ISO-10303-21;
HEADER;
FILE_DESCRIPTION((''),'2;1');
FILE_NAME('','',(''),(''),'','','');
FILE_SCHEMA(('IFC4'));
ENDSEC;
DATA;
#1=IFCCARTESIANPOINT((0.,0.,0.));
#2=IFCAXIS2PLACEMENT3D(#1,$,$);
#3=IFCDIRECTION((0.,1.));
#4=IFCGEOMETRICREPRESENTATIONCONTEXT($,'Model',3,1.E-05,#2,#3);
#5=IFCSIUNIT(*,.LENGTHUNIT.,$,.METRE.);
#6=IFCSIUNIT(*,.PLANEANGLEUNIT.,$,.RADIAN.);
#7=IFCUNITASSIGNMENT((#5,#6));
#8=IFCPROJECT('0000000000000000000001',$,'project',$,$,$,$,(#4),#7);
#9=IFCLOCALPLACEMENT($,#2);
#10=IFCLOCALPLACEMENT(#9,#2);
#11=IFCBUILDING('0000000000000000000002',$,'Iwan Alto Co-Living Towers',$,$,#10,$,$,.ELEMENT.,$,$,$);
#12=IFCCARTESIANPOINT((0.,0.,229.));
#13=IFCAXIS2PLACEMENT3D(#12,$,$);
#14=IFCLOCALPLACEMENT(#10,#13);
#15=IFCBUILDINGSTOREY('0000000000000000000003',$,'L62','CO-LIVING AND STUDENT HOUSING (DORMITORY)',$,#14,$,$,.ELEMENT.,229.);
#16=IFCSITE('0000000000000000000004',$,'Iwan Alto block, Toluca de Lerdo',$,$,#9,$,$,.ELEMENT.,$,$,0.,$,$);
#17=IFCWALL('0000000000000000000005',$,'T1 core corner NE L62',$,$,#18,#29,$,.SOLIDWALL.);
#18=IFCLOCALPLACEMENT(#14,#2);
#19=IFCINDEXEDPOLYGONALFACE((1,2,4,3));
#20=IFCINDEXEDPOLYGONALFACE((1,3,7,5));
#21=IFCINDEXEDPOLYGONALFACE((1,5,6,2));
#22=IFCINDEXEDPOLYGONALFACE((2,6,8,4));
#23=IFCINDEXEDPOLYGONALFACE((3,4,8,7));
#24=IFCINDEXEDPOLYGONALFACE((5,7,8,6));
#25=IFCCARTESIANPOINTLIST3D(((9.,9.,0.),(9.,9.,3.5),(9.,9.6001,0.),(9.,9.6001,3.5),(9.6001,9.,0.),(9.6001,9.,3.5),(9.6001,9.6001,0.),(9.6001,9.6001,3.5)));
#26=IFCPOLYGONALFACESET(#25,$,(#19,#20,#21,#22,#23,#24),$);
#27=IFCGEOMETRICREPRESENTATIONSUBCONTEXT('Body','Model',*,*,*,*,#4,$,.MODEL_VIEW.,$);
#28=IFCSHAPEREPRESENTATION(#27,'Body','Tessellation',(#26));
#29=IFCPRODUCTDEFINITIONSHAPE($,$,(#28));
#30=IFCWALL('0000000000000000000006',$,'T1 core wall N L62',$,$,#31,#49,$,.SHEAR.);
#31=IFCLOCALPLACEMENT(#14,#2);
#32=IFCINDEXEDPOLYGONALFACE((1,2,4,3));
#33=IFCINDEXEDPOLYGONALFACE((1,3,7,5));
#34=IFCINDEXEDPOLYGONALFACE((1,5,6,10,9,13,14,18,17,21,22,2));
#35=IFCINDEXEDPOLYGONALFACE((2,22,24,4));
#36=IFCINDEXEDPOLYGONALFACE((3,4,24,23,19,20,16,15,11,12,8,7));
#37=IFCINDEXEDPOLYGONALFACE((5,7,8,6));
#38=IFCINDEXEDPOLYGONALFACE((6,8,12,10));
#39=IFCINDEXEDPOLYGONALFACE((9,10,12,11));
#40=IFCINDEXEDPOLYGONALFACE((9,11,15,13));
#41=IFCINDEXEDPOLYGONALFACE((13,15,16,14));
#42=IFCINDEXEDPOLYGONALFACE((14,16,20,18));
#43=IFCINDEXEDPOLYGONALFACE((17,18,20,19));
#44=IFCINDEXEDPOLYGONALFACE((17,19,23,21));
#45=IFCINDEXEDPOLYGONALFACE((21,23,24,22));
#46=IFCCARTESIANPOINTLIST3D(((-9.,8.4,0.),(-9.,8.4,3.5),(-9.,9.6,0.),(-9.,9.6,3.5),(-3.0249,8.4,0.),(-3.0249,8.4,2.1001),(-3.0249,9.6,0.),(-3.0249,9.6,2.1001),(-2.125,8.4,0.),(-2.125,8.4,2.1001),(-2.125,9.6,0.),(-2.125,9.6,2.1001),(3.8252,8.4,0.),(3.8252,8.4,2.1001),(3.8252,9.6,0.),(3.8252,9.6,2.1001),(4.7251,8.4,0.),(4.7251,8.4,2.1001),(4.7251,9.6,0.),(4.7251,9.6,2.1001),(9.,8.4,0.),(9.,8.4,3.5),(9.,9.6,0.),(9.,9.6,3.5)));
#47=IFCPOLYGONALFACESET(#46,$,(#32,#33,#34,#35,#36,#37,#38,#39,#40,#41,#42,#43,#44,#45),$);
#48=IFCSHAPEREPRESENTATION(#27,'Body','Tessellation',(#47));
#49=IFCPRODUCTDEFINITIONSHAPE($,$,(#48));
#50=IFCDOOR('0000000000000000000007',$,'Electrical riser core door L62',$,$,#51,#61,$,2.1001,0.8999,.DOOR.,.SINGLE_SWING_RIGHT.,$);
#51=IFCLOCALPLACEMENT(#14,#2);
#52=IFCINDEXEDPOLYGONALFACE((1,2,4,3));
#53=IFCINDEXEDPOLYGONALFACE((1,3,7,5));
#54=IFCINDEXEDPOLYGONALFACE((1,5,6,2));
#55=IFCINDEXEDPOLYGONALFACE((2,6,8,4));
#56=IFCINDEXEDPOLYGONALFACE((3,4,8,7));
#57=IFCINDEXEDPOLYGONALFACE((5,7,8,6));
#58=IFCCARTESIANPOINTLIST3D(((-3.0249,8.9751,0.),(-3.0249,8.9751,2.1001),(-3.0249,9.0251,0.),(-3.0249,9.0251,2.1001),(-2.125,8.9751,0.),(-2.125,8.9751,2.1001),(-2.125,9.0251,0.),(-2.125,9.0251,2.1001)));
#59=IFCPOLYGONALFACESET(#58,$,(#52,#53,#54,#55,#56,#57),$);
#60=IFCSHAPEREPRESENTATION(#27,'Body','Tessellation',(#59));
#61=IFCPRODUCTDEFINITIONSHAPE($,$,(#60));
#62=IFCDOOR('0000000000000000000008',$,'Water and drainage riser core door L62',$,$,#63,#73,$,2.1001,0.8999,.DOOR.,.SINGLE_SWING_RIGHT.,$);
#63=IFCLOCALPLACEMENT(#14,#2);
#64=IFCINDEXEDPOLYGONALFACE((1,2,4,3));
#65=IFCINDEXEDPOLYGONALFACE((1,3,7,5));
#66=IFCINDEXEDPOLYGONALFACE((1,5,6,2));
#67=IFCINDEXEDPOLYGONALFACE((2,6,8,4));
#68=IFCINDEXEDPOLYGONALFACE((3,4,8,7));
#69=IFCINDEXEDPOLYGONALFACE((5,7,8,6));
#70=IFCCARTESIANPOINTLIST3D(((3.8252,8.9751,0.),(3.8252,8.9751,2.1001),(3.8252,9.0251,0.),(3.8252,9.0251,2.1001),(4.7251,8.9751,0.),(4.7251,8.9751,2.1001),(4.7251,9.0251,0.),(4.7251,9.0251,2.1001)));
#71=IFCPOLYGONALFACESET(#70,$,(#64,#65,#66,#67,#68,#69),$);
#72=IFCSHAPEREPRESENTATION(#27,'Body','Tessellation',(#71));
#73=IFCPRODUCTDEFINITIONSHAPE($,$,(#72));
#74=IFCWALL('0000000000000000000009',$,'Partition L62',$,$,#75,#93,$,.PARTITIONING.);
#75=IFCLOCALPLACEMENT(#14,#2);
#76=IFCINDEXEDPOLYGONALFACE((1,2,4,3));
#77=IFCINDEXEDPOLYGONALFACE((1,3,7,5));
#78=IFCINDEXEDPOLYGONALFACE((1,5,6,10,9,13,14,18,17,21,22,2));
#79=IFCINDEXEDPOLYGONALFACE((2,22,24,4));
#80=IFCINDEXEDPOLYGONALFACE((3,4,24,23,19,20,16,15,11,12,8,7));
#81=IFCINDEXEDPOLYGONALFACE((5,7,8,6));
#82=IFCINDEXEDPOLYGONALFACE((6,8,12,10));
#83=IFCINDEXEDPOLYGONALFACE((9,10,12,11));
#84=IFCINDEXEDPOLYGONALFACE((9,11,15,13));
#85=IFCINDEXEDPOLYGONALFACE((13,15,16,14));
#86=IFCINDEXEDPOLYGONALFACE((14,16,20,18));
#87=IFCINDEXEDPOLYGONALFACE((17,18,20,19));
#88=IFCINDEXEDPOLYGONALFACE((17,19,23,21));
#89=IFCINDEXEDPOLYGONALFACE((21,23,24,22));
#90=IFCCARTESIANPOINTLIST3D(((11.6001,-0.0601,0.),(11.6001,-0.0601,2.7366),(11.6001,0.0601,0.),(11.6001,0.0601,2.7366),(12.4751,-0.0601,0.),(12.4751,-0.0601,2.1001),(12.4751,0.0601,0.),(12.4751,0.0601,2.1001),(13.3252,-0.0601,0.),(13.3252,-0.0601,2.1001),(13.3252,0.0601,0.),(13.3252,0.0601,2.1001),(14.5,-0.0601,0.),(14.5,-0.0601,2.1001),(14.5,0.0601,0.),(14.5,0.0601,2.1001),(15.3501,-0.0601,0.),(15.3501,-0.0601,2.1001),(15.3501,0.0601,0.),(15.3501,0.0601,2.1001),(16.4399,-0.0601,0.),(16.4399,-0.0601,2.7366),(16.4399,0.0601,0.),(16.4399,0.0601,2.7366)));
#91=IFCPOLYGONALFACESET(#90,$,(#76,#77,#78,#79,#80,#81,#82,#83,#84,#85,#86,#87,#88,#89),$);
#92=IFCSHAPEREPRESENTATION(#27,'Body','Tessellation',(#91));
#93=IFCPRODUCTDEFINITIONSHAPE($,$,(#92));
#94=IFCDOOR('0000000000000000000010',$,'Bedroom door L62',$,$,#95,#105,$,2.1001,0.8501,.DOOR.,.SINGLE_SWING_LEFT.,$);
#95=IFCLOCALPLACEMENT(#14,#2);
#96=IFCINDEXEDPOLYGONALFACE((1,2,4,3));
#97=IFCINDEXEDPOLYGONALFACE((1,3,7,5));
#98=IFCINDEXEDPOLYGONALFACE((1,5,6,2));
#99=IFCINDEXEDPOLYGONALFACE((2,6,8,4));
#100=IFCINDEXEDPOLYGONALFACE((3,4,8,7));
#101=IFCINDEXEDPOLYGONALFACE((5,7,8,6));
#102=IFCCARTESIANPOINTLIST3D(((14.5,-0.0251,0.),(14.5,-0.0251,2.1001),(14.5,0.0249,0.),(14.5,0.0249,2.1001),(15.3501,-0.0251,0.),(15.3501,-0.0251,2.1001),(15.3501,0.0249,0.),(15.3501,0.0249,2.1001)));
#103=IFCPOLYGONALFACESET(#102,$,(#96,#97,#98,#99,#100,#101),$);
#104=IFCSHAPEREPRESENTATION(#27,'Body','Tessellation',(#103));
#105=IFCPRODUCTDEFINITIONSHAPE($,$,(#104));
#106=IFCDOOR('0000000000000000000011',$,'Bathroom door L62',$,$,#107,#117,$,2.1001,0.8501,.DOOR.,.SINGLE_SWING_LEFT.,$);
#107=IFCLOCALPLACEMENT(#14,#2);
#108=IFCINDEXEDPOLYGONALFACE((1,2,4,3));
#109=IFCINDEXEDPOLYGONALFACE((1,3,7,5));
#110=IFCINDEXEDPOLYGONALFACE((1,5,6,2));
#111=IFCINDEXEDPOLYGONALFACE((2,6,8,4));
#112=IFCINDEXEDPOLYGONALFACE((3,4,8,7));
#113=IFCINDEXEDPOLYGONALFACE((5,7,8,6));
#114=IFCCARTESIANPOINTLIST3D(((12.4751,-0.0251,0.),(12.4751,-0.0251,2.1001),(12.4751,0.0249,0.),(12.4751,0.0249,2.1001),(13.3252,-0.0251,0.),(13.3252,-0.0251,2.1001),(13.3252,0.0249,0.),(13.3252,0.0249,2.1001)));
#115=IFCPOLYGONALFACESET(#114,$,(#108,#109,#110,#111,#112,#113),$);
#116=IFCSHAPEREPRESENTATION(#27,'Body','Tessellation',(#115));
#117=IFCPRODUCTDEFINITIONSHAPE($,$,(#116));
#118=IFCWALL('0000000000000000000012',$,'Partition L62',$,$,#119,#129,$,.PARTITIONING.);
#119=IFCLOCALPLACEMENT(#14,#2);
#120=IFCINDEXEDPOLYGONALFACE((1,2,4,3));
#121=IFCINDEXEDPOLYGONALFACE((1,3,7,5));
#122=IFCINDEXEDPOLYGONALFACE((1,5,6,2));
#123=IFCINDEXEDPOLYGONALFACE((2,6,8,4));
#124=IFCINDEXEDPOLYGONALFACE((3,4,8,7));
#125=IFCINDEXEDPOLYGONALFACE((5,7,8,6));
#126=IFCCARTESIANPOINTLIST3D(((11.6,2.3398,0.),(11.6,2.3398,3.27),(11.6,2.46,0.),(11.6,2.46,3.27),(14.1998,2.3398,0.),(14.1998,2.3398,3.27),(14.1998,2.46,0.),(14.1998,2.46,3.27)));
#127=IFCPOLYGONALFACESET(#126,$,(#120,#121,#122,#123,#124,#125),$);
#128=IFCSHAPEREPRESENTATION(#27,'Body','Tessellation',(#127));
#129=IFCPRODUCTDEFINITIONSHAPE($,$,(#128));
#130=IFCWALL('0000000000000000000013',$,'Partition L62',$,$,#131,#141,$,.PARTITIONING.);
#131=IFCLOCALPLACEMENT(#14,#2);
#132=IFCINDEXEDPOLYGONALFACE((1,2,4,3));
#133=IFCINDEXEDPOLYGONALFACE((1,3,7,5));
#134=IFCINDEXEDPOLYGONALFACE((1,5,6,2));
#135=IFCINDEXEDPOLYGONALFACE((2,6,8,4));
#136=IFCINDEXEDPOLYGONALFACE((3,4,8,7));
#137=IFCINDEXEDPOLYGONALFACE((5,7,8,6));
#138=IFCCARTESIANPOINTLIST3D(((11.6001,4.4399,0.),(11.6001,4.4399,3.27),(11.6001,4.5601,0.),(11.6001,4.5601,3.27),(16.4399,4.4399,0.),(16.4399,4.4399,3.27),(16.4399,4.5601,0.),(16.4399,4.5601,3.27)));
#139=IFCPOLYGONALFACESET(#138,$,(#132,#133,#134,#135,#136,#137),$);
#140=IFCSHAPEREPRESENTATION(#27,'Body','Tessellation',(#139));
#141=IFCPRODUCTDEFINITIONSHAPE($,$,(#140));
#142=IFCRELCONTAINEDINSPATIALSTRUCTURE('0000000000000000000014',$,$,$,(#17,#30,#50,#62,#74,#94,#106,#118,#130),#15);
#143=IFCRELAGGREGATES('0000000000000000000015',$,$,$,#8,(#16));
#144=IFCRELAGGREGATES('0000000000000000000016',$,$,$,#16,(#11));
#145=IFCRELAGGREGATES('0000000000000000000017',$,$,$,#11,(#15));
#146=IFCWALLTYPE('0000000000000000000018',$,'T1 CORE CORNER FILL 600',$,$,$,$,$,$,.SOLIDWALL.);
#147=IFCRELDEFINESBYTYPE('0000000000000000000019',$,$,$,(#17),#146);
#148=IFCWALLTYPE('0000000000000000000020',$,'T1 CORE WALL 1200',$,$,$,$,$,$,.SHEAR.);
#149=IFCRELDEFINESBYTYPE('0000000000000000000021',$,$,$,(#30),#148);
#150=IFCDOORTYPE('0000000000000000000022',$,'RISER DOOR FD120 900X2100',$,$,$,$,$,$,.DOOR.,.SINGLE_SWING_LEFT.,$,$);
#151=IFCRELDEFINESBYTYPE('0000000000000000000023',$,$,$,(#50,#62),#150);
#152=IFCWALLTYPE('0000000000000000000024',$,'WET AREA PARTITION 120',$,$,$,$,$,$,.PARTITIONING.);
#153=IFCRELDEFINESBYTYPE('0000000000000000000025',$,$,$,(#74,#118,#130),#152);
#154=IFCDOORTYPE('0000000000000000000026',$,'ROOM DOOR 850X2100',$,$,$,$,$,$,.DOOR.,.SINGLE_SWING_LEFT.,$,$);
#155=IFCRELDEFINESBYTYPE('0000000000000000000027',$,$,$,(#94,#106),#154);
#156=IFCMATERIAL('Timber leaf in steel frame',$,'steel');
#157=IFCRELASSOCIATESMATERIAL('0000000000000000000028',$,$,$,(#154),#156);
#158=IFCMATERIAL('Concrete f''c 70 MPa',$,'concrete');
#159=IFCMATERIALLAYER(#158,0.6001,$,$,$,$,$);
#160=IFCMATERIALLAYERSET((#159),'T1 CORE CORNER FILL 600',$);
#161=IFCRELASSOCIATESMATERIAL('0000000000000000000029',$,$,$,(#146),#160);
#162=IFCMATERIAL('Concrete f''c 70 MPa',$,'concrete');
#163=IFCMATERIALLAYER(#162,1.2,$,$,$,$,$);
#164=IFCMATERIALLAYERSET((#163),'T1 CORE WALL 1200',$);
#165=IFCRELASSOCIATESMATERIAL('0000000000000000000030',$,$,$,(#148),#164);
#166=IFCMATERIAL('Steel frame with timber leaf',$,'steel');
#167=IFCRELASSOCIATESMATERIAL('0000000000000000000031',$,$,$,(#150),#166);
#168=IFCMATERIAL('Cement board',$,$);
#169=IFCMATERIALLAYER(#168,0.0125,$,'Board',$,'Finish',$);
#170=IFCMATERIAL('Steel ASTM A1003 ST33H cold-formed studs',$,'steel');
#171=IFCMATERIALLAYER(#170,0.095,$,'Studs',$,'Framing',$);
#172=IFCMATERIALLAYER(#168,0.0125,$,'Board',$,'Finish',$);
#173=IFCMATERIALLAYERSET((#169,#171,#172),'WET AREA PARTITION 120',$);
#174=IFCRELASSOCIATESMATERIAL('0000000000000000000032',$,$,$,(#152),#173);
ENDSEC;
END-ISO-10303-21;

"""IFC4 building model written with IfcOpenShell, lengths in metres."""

from ifc_helpers import new_model, si_unit, direction, frame, frame_2d, origin, place, context, subcontext, project, spatial, rectangle, extrude, material, layer, layer_set, type_object, element, fill, save


model = new_model("IFC4")

# Units and contexts
model_context = context("Model", 3, precision=1e-05, world=origin(), true_north=direction((0.0, 1.0)))
body_context = subcontext(model_context, "Body", "Model", "MODEL_VIEW")
ifc_project = project(units=[si_unit("LENGTHUNIT", "METRE"), si_unit("PLANEANGLEUNIT", "RADIAN")], contexts=[model_context])

# Site, building, storey
site_placement = place(None, origin())
site = spatial("IfcSite", under=ifc_project, at=site_placement, Name="Iwan Alto block, Toluca de Lerdo", CompositionType="ELEMENT", RefElevation=0.0)
building_placement = place(site_placement, origin())
building = spatial("IfcBuilding", under=site, at=building_placement, Name="Iwan Alto Co-Living Towers", CompositionType="ELEMENT")
storey_placement = place(building_placement, frame((0.0, 0.0, 229.0)))
storey = spatial("IfcBuildingStorey", under=building, at=storey_placement, Name="L62", Description="CO-LIVING AND STUDENT HOUSING (DORMITORY)", CompositionType="ELEMENT", Elevation=229.0)

# Shared definitions
ifc_material_1 = material(Name="Steel ASTM A1003 ST33H cold-formed studs", Category="steel")

# Shared definitions
ifc_material_2 = material(Name="Timber leaf in steel frame", Category="steel")
door_type_1 = type_object("IfcDoorType", Name="ROOM DOOR 850X2100", OperationType="SINGLE_SWING_LEFT", PredefinedType="DOOR", material=ifc_material_2)

# Wall
ifc_material_3 = material(Name="Concrete f'c 70 MPa", Category="concrete")
ifc_layer_1 = layer(ifc_material_3, 0.6001)
ifc_layer_set_1 = layer_set([ifc_layer_1], Name="T1 CORE CORNER FILL 600")
wall_type_1 = type_object("IfcWallType", Name="T1 CORE CORNER FILL 600", PredefinedType="SOLIDWALL", material=ifc_layer_set_1)
wall_1_placement = place(storey_placement, frame((9.0, 9.3, 0.0), z_axis=(0.0, 0.0, 1.0), x_axis=(1.0, 0.0, 0.0)))
element("IfcWall", 1, at=wall_1_placement, inside=storey, type_object=wall_type_1, Name="T1 core corner NE L62", PredefinedType="SOLIDWALL", context=body_context, shape_type="SweptSolid", body=[
    extrude(rectangle(XDim=0.6001, YDim=0.6001, at=frame_2d((0.3, 0.0))), origin(), (0.0, 0.0, 1.0), 3.5),
])

# Walls, openings, doors
ifc_material_4 = material(Name="Concrete f'c 70 MPa", Category="concrete")
ifc_layer_2 = layer(ifc_material_4, 1.2)
ifc_layer_set_2 = layer_set([ifc_layer_2], Name="T1 CORE WALL 1200")
wall_type_2 = type_object("IfcWallType", Name="T1 CORE WALL 1200", PredefinedType="SHEAR", material=ifc_layer_set_2)
wall_2_placement = place(storey_placement, frame((9.0, 9.0, 0.0), z_axis=(0.0, 0.0, 1.0), x_axis=(-1.0, 0.0, 0.0)))
wall_2 = element("IfcWall", 2, at=wall_2_placement, inside=storey, type_object=wall_type_2, Name="T1 core wall N L62", PredefinedType="SHEAR", context=body_context, shape_type="SweptSolid", body=[
    extrude(rectangle(XDim=18.0, YDim=1.2, at=frame_2d((9.0, 0.0))), origin(), (0.0, 0.0, 1.0), 3.5),
])
opening_1_placement = place(wall_2_placement, frame((11.125, 0.0, 0.0)))
opening_1 = element("IfcOpeningElement", 3, at=opening_1_placement, cuts=wall_2, PredefinedType="OPENING", context=body_context, shape_type="SweptSolid", body=[
    extrude(rectangle(XDim=0.8999, YDim=2.1001, at=frame_2d((0.45, 1.05))), frame((0.0, 0.6099, 0.0), z_axis=(0.0, -1.0, 0.0), x_axis=(1.0, 0.0, 0.0)), (0.0, 0.0, 1.0), 1.22),
])
opening_2_placement = place(wall_2_placement, frame((4.2749, 0.0, 0.0)))
opening_2 = element("IfcOpeningElement", 4, at=opening_2_placement, cuts=wall_2, PredefinedType="OPENING", context=body_context, shape_type="SweptSolid", body=[
    extrude(rectangle(XDim=0.8999, YDim=2.1001, at=frame_2d((0.45, 1.05))), frame((0.0, 0.6099, 0.0), z_axis=(0.0, -1.0, 0.0), x_axis=(1.0, 0.0, 0.0)), (0.0, 0.0, 1.0), 1.22),
])
ifc_material_5 = material(Name="Steel frame with timber leaf", Category="steel")
door_type_2 = type_object("IfcDoorType", Name="RISER DOOR FD120 900X2100", OperationType="SINGLE_SWING_LEFT", PredefinedType="DOOR", material=ifc_material_5)
door_1_placement = place(opening_1_placement, origin())
door_1 = element("IfcDoor", 5, at=door_1_placement, inside=storey, type_object=door_type_2, Name="Electrical riser core door L62", OperationType="SINGLE_SWING_RIGHT", OverallHeight=2.1001, OverallWidth=0.8999, PredefinedType="DOOR", context=body_context, shape_type="SweptSolid", body=[
    extrude(rectangle(XDim=0.8999, YDim=2.1001, at=frame_2d((0.45, 1.05))), frame((0.0, 0.0249, 0.0), z_axis=(0.0, -1.0, 0.0), x_axis=(1.0, 0.0, 0.0)), (0.0, 0.0, 1.0), 0.05),
])
fill(opening_1, door_1)
door_2_placement = place(opening_2_placement, origin())
door_2 = element("IfcDoor", 6, at=door_2_placement, inside=storey, type_object=door_type_2, Name="Water and drainage riser core door L62", OperationType="SINGLE_SWING_RIGHT", OverallHeight=2.1001, OverallWidth=0.8999, PredefinedType="DOOR", context=body_context, shape_type="SweptSolid", body=[
    extrude(rectangle(XDim=0.8999, YDim=2.1001, at=frame_2d((0.45, 1.05))), frame((0.0, 0.0249, 0.0), z_axis=(0.0, -1.0, 0.0), x_axis=(1.0, 0.0, 0.0)), (0.0, 0.0, 1.0), 0.05),
])
fill(opening_2, door_2)
ifc_material_6 = material(Name="Cement board")
ifc_layer_3 = layer(ifc_material_6, 0.0125, Name="Board", Category="Finish")
ifc_layer_4 = layer(ifc_material_1, 0.095, Name="Studs", Category="Framing")
ifc_layer_5 = layer(ifc_material_6, 0.0125, Name="Board", Category="Finish")
ifc_layer_set_3 = layer_set([ifc_layer_3, ifc_layer_4, ifc_layer_5], Name="WET AREA PARTITION 120")
wall_type_3 = type_object("IfcWallType", Name="WET AREA PARTITION 120", PredefinedType="PARTITIONING", material=ifc_layer_set_3)
wall_3_placement = place(storey_placement, frame((11.6001, 0.0, 0.0), z_axis=(0.0, 0.0, 1.0), x_axis=(1.0, 0.0, 0.0)))
wall_3 = element("IfcWall", 7, at=wall_3_placement, inside=storey, type_object=wall_type_3, Name="Partition L62", PredefinedType="PARTITIONING", context=body_context, shape_type="SweptSolid", body=[
    extrude(rectangle(XDim=4.8398, YDim=0.1201, at=frame_2d((2.4199, 0.0))), origin(), (0.0, 0.0, 1.0), 2.7366),
])
opening_3_placement = place(wall_3_placement, frame((2.8999, 0.0, 0.0)))
opening_3 = element("IfcOpeningElement", 8, at=opening_3_placement, cuts=wall_3, PredefinedType="OPENING", context=body_context, shape_type="SweptSolid", body=[
    extrude(rectangle(XDim=0.8501, YDim=2.1001, at=frame_2d((0.425, 1.05))), frame((0.0, 0.0701, 0.0), z_axis=(0.0, -1.0, 0.0), x_axis=(1.0, 0.0, 0.0)), (0.0, 0.0, 1.0), 0.1401),
])
opening_4_placement = place(wall_3_placement, frame((0.875, 0.0, 0.0)))
opening_4 = element("IfcOpeningElement", 9, at=opening_4_placement, cuts=wall_3, PredefinedType="OPENING", context=body_context, shape_type="SweptSolid", body=[
    extrude(rectangle(XDim=0.8501, YDim=2.1001, at=frame_2d((0.425, 1.05))), frame((0.0, 0.0701, 0.0), z_axis=(0.0, -1.0, 0.0), x_axis=(1.0, 0.0, 0.0)), (0.0, 0.0, 1.0), 0.1401),
])
door_3_placement = place(opening_3_placement, origin())
door_3 = element("IfcDoor", 10, at=door_3_placement, inside=storey, type_object=door_type_1, Name="Bedroom door L62", OperationType="SINGLE_SWING_LEFT", OverallHeight=2.1001, OverallWidth=0.8501, PredefinedType="DOOR", context=body_context, shape_type="SweptSolid", body=[
    extrude(rectangle(XDim=0.8501, YDim=2.1001, at=frame_2d((0.425, 1.05))), frame((0.0, 0.0249, 0.0), z_axis=(0.0, -1.0, 0.0), x_axis=(1.0, 0.0, 0.0)), (0.0, 0.0, 1.0), 0.05),
])
fill(opening_3, door_3)
door_4_placement = place(opening_4_placement, origin())
door_4 = element("IfcDoor", 11, at=door_4_placement, inside=storey, type_object=door_type_1, Name="Bathroom door L62", OperationType="SINGLE_SWING_LEFT", OverallHeight=2.1001, OverallWidth=0.8501, PredefinedType="DOOR", context=body_context, shape_type="SweptSolid", body=[
    extrude(rectangle(XDim=0.8501, YDim=2.1001, at=frame_2d((0.425, 1.05))), frame((0.0, 0.0249, 0.0), z_axis=(0.0, -1.0, 0.0), x_axis=(1.0, 0.0, 0.0)), (0.0, 0.0, 1.0), 0.05),
])
fill(opening_4, door_4)

# Walls
wall_4_placement = place(storey_placement, frame((11.6001, 2.3999, 0.0), z_axis=(0.0, 0.0, 1.0), x_axis=(1.0, 0.0, 0.0)))
element("IfcWall", 12, at=wall_4_placement, inside=storey, type_object=wall_type_3, Name="Partition L62", PredefinedType="PARTITIONING", context=body_context, shape_type="SweptSolid", body=[
    extrude(rectangle(XDim=2.5999, YDim=0.1201, at=frame_2d((1.2998, 0.0))), origin(), (0.0, 0.0, 1.0), 3.27),
])
wall_5_placement = place(storey_placement, frame((11.6001, 4.5, 0.0), z_axis=(0.0, 0.0, 1.0), x_axis=(1.0, 0.0, 0.0)))
element("IfcWall", 13, at=wall_5_placement, inside=storey, type_object=wall_type_3, Name="Partition L62", PredefinedType="PARTITIONING", context=body_context, shape_type="SweptSolid", body=[
    extrude(rectangle(XDim=4.8398, YDim=0.1201, at=frame_2d((2.4199, 0.0))), origin(), (0.0, 0.0, 1.0), 3.27),
])

save(model, "model.ifc")
